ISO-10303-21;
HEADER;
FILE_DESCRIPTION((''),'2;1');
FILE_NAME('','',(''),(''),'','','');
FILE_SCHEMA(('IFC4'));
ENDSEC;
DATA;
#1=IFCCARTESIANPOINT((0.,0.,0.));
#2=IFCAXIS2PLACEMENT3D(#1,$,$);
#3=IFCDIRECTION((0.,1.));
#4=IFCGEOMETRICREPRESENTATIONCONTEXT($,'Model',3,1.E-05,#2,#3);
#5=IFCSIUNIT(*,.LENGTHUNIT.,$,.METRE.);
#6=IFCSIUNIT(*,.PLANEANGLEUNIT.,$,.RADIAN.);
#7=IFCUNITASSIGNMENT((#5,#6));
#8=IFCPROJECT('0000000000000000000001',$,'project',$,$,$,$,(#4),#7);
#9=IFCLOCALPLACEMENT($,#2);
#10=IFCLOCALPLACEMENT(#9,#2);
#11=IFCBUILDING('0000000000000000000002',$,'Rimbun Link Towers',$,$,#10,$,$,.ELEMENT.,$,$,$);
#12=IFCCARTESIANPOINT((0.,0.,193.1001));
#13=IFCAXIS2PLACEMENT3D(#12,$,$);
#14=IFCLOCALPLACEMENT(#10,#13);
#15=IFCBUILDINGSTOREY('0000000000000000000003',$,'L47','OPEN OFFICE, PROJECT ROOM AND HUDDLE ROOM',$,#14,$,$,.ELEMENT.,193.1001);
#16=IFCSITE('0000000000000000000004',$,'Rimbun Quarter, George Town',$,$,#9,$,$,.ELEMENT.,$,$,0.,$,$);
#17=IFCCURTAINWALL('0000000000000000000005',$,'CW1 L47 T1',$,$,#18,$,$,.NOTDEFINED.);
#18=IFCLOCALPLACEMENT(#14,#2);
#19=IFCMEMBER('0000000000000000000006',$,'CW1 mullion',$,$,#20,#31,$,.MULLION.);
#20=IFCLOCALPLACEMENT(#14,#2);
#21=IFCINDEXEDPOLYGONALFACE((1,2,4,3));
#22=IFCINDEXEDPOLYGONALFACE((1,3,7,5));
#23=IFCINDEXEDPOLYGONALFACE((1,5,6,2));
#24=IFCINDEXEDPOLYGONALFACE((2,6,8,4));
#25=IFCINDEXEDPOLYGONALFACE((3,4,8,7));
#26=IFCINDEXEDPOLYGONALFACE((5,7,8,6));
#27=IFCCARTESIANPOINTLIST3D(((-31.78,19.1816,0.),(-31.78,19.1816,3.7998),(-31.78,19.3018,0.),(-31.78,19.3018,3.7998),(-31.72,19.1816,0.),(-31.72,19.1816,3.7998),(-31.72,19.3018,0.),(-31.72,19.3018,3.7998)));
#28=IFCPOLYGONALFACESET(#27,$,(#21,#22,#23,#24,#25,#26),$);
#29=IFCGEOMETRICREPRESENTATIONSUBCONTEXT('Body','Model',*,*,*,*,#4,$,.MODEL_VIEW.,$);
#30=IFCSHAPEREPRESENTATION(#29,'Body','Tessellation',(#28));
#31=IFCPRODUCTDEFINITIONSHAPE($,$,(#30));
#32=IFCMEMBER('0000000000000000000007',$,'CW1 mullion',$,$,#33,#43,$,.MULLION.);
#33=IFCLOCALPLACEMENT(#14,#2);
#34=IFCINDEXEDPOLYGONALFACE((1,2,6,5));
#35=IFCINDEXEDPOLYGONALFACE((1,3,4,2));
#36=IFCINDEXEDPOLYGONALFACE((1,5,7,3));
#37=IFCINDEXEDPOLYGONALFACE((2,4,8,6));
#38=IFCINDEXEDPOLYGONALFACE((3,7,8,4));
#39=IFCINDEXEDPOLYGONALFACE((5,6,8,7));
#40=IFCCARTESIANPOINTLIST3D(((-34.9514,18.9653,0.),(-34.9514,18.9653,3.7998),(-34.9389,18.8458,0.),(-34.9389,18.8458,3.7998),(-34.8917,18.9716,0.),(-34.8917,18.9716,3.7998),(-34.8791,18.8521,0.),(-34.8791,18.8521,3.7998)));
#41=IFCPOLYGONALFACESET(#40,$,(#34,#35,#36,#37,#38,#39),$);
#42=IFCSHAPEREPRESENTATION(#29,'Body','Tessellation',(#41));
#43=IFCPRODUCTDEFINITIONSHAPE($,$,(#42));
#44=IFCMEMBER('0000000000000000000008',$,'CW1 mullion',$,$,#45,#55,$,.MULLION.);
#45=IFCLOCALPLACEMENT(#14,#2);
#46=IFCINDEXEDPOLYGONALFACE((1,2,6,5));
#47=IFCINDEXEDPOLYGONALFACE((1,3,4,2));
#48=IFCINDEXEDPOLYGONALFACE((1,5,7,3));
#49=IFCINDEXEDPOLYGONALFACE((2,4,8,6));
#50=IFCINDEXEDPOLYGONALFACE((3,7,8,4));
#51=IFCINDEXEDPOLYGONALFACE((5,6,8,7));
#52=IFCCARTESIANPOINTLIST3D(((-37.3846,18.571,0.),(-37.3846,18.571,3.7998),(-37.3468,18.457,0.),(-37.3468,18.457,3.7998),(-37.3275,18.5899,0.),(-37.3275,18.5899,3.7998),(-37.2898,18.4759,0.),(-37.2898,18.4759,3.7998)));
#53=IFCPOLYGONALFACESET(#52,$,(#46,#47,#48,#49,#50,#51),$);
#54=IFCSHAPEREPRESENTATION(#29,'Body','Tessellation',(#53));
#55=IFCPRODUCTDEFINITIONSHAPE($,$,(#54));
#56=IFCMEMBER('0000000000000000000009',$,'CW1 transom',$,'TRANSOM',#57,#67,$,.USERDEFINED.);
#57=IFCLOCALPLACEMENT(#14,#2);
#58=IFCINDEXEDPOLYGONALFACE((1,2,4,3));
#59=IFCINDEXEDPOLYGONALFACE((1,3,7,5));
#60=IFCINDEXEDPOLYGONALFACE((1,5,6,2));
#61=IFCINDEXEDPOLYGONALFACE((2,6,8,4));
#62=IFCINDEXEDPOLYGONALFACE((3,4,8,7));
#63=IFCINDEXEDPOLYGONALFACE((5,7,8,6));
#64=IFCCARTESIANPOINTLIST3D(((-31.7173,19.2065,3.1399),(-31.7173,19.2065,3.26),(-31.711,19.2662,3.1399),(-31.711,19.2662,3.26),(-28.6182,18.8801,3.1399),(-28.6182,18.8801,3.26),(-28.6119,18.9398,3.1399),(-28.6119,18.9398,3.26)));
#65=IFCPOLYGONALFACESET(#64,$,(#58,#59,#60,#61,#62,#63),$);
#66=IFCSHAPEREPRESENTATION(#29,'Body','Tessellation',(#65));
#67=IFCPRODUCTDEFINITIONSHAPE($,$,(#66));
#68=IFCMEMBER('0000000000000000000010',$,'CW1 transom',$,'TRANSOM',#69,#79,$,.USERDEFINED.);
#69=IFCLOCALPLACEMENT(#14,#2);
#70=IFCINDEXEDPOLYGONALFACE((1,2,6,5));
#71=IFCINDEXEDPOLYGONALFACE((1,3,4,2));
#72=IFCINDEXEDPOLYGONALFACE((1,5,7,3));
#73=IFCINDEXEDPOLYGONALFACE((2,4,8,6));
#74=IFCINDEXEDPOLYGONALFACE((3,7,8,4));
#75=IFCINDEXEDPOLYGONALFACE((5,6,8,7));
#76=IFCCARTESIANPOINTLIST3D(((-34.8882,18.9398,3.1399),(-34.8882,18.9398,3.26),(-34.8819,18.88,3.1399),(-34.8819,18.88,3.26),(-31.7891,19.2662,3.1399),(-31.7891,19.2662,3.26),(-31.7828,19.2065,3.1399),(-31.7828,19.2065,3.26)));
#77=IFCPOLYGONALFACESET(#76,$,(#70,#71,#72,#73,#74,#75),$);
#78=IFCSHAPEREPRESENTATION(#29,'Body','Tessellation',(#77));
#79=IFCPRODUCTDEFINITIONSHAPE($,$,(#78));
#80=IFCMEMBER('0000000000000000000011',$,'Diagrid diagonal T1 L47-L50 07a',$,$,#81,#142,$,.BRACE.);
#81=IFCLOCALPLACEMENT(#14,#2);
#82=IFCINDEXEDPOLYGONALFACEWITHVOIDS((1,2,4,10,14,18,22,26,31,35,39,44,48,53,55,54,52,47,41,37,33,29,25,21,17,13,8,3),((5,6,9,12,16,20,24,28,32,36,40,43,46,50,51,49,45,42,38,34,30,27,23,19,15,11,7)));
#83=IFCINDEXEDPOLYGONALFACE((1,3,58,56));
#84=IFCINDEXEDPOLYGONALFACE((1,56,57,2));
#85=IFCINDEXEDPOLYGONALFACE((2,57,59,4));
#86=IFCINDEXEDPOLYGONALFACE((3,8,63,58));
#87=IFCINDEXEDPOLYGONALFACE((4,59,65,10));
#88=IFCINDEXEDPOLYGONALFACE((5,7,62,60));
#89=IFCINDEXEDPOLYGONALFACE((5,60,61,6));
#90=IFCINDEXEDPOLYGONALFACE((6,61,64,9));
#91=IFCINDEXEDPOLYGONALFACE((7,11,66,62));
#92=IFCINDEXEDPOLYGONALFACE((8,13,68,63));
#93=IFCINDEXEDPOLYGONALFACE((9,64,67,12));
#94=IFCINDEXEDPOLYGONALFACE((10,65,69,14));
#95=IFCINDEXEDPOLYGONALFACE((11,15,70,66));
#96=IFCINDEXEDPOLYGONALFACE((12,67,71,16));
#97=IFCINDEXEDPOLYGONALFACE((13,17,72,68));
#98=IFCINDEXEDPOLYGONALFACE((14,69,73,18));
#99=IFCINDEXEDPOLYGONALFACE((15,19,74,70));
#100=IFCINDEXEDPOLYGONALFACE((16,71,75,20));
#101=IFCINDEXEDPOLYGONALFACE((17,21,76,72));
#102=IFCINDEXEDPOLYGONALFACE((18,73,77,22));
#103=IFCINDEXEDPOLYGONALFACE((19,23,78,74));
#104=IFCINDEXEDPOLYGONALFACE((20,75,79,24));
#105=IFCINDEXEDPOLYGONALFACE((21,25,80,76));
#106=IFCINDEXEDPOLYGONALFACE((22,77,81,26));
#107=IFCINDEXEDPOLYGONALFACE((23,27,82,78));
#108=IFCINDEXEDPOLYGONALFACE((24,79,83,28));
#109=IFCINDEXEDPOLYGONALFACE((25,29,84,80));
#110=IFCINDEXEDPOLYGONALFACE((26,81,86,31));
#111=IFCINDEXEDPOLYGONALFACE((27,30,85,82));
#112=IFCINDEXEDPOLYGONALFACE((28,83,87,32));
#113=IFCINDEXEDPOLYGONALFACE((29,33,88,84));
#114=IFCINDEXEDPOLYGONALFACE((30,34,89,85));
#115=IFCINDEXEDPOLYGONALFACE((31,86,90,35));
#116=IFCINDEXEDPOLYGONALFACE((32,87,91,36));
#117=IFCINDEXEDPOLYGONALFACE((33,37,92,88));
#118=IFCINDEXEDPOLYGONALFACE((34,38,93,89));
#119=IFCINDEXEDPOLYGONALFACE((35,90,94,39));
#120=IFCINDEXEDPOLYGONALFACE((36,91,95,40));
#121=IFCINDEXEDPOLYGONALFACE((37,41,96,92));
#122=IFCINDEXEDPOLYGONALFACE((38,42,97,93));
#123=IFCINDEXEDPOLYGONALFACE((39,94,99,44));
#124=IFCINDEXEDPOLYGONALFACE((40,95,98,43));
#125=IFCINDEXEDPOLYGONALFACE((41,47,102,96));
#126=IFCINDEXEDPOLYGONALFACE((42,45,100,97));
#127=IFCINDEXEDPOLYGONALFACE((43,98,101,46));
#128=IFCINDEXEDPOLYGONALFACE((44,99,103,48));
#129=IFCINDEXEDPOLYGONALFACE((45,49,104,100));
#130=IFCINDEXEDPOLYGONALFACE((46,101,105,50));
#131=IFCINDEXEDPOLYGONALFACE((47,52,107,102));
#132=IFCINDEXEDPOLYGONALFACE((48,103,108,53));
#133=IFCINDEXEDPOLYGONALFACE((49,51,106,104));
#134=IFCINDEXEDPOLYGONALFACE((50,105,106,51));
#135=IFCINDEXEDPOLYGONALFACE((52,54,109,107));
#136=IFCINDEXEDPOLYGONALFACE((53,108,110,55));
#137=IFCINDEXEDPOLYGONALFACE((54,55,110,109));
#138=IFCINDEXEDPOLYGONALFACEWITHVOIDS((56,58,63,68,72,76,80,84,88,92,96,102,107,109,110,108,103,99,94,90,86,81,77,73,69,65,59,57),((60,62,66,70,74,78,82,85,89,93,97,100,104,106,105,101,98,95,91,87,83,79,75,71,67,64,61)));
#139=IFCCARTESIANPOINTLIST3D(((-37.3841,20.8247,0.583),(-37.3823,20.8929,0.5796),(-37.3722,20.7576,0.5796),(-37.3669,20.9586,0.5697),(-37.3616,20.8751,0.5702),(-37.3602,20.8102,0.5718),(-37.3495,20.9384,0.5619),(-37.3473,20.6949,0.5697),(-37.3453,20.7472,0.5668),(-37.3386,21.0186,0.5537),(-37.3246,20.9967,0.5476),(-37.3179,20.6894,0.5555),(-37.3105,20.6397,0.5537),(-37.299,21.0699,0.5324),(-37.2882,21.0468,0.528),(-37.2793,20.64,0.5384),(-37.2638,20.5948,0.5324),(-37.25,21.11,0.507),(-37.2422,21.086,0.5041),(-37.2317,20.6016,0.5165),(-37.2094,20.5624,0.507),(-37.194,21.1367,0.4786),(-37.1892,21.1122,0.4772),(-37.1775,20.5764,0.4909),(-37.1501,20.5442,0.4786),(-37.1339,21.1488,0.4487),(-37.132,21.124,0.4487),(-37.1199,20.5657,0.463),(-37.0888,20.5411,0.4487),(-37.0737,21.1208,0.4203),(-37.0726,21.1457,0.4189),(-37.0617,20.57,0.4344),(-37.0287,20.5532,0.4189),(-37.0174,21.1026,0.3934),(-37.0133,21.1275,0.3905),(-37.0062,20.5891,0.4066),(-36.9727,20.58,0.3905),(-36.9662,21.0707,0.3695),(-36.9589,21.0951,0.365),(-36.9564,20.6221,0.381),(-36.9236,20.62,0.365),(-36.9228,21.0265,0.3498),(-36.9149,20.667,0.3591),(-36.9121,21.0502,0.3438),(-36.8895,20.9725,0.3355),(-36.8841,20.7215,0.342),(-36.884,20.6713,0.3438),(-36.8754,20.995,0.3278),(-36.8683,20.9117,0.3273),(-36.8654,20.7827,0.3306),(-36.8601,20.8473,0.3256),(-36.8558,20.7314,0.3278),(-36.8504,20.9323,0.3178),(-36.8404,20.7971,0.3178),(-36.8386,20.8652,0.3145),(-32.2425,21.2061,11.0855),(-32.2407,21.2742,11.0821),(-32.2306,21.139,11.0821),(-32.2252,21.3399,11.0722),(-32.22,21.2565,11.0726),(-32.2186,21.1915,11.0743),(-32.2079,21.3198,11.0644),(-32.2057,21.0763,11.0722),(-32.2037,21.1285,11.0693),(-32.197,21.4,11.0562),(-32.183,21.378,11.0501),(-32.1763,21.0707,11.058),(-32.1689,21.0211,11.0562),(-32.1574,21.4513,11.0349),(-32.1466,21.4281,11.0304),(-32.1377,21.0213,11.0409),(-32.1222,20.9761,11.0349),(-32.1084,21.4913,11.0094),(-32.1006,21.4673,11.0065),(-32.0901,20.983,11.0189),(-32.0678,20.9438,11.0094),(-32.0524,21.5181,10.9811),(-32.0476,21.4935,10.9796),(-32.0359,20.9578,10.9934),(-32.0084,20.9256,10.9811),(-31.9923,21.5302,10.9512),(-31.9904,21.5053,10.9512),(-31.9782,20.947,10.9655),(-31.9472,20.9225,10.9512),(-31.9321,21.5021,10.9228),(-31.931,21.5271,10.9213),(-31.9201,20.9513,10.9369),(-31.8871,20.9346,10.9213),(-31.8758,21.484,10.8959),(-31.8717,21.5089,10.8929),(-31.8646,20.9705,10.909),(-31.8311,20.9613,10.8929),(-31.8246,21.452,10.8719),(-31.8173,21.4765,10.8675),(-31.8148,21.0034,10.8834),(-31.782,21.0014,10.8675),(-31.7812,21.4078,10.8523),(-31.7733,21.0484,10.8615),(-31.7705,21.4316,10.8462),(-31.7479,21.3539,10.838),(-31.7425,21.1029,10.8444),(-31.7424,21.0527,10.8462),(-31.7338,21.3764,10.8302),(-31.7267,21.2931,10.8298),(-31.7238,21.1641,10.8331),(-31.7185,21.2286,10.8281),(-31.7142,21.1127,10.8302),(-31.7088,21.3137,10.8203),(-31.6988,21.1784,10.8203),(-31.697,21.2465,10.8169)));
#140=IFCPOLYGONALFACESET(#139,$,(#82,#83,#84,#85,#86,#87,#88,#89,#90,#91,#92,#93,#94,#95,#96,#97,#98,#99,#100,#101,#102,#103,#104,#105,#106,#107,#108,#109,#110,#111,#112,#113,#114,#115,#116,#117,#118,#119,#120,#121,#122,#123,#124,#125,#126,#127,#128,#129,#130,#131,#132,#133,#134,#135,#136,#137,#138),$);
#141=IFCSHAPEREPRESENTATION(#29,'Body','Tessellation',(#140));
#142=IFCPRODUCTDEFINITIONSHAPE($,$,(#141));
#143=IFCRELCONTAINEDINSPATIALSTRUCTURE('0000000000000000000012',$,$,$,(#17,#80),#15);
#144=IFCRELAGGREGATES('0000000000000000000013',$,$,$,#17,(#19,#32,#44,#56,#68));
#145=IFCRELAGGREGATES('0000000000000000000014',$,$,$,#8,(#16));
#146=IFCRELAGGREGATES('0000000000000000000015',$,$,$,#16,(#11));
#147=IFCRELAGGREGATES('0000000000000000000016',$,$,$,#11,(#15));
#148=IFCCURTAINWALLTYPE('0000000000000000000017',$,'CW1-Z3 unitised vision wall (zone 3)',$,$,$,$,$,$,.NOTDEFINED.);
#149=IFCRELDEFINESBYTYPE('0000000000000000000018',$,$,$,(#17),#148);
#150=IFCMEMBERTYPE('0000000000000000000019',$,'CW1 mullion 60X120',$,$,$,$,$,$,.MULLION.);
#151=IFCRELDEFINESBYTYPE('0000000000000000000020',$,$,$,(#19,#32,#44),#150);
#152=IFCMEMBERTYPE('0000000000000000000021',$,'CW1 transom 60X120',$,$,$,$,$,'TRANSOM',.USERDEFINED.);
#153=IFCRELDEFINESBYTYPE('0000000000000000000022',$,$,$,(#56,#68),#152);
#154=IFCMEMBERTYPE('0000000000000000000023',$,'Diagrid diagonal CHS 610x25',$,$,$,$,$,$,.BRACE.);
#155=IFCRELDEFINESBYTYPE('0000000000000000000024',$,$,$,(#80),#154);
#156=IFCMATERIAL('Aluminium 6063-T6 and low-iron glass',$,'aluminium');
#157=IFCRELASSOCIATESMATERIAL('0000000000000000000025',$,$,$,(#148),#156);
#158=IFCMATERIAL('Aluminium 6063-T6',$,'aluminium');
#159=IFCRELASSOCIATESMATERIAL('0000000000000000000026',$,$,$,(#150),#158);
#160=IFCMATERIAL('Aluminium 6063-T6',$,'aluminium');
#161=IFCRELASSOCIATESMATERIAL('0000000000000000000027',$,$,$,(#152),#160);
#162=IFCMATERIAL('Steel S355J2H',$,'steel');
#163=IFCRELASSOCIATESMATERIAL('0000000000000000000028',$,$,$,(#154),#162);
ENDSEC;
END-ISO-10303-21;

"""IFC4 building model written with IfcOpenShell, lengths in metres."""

from ifc_helpers import new_model, si_unit, direction, frame, origin, origin_2d, place, context, subcontext, project, spatial, rectangle, hollow_circle, extrude, material, material_profile, profile_set, type_object, element, aggregate, save


model = new_model("IFC4")

# Units and contexts
model_context = context("Model", 3, precision=1e-05, world=origin(), true_north=direction((0.0, 1.0)))
body_context = subcontext(model_context, "Body", "Model", "MODEL_VIEW")
ifc_project = project(units=[si_unit("LENGTHUNIT", "METRE"), si_unit("PLANEANGLEUNIT", "RADIAN")], contexts=[model_context])

# Site, building, storey
site_placement = place(None, origin())
site = spatial("IfcSite", under=ifc_project, at=site_placement, Name="Rimbun Quarter, George Town", CompositionType="ELEMENT", RefElevation=0.0)
building_placement = place(site_placement, origin())
building = spatial("IfcBuilding", under=site, at=building_placement, Name="Rimbun Link Towers", CompositionType="ELEMENT")
storey_placement = place(building_placement, frame((0.0, 0.0, 193.1001)))
storey = spatial("IfcBuildingStorey", under=building, at=storey_placement, Name="L47", Description="OPEN OFFICE, PROJECT ROOM AND HUDDLE ROOM", CompositionType="ELEMENT", Elevation=193.1001)

# Curtain wall, members
ifc_material_1 = material(Name="Aluminium 6063-T6 and low-iron glass", Category="aluminium")
curtain_wall_type = type_object("IfcCurtainWallType", Name="CW1-Z3 unitised vision wall (zone 3)", PredefinedType="NOTDEFINED", material=ifc_material_1)
curtain_wall_placement = place(storey_placement, origin())
curtain_wall = element("IfcCurtainWall", 1, at=curtain_wall_placement, inside=storey, type_object=curtain_wall_type, Name="CW1 L47 T1", PredefinedType="NOTDEFINED")
ifc_material_2 = material(Name="Aluminium 6063-T6", Category="aluminium")
ifc_material_profile_1 = material_profile(ifc_material_2, rectangle(XDim=0.1201, YDim=0.0601, at=origin_2d()), Name="MULLION 60X120")
ifc_profile_set_1 = profile_set([ifc_material_profile_1], Name="Aluminium 6063-T6")
member_type_1 = type_object("IfcMemberType", Name="CW1 mullion 60X120", PredefinedType="MULLION", material=ifc_profile_set_1)
member_1_placement = place(storey_placement, frame((-31.75, 19.2417, 0.0), z_axis=(0.0, 0.0, 1.0), x_axis=(0.0, 1.0, 0.0)))
member_1 = element("IfcMember", 2, at=member_1_placement, type_object=member_type_1, Name="CW1 mullion", PredefinedType="MULLION", context=body_context, shape_type="SweptSolid", body=[
    extrude(rectangle(XDim=0.1201, YDim=0.0601, at=origin_2d()), origin(), (0.0, 0.0, 1.0), 3.7998),
])
member_2_placement = place(storey_placement, frame((-34.9153, 18.9087, 0.0), z_axis=(0.0, 0.0, 1.0), x_axis=(-0.104748, 0.994499, 0.0)))
member_2 = element("IfcMember", 3, at=member_2_placement, type_object=member_type_1, Name="CW1 mullion", PredefinedType="MULLION", context=body_context, shape_type="SweptSolid", body=[
    extrude(rectangle(XDim=0.1201, YDim=0.0601, at=origin_2d()), origin(), (0.0, 0.0, 1.0), 3.7998),
])
member_3_placement = place(storey_placement, frame((-37.3372, 18.5234, 0.0), z_axis=(0.0, 0.0, 1.0), x_axis=(-0.314558, 0.949238, 0.0)))
member_3 = element("IfcMember", 4, at=member_3_placement, type_object=member_type_1, Name="CW1 mullion", PredefinedType="MULLION", context=body_context, shape_type="SweptSolid", body=[
    extrude(rectangle(XDim=0.1201, YDim=0.0601, at=origin_2d()), origin(), (0.0, 0.0, 1.0), 3.7998),
])
ifc_material_3 = material(Name="Aluminium 6063-T6", Category="aluminium")
ifc_material_profile_2 = material_profile(ifc_material_3, rectangle(XDim=0.0601, YDim=0.1201, at=origin_2d()), Name="TRANSOM 60X120")
ifc_profile_set_2 = profile_set([ifc_material_profile_2], Name="Aluminium 6063-T6")
member_type_2 = type_object("IfcMemberType", Name="CW1 transom 60X120", ElementType="TRANSOM", PredefinedType="USERDEFINED", material=ifc_profile_set_2)
member_4_placement = place(storey_placement, frame((-31.7141, 19.2363, 3.2), z_axis=(0.994499, -0.104746, 0.0), x_axis=(0.104746, 0.994499, 0.0)))
member_4 = element("IfcMember", 5, at=member_4_placement, type_object=member_type_2, Name="CW1 transom", ObjectType="TRANSOM", PredefinedType="USERDEFINED", context=body_context, shape_type="SweptSolid", body=[
    extrude(rectangle(XDim=0.0601, YDim=0.1201, at=origin_2d()), origin(), (0.0, 0.0, 1.0), 3.1162),
])
member_5_placement = place(storey_placement, frame((-34.885, 18.9099, 3.2), z_axis=(0.994499, 0.104746, 0.0), x_axis=(-0.104746, 0.994499, 0.0)))
member_5 = element("IfcMember", 6, at=member_5_placement, type_object=member_type_2, Name="CW1 transom", ObjectType="TRANSOM", PredefinedType="USERDEFINED", context=body_context, shape_type="SweptSolid", body=[
    extrude(rectangle(XDim=0.0601, YDim=0.1201, at=origin_2d()), origin(), (0.0, 0.0, 1.0), 3.1162),
])

# Member
ifc_material_4 = material(Name="Steel S355J2H", Category="steel")
ifc_material_profile_3 = material_profile(ifc_material_4, hollow_circle(Radius=0.3047, WallThickness=0.0249, at=origin_2d()), Name="Diagrid diagonal CHS 610x25")
ifc_profile_set_3 = profile_set([ifc_material_profile_3], Name="Steel S355J2H")
member_type_3 = type_object("IfcMemberType", Name="Diagrid diagonal CHS 610x25", PredefinedType="BRACE", material=ifc_profile_set_3)
member_6_placement = place(storey_placement, frame((-37.1113, 20.845, 0.4487), z_axis=(0.439465, 0.032595, 0.897668), x_axis=(-0.073966, 0.997261, 0.0)))
element("IfcMember", 7, at=member_6_placement, inside=storey, type_object=member_type_3, Name="Diagrid diagonal T1 L47-L50 07a", PredefinedType="BRACE", context=body_context, shape_type="SweptSolid", body=[
    extrude(hollow_circle(Radius=0.3047, WallThickness=0.0249, at=origin_2d()), origin(), (0.0, 0.0, 1.0), 11.6997),
])

aggregate(curtain_wall, [member_1, member_2, member_3, member_4, member_5])

save(model, "model.ifc")
